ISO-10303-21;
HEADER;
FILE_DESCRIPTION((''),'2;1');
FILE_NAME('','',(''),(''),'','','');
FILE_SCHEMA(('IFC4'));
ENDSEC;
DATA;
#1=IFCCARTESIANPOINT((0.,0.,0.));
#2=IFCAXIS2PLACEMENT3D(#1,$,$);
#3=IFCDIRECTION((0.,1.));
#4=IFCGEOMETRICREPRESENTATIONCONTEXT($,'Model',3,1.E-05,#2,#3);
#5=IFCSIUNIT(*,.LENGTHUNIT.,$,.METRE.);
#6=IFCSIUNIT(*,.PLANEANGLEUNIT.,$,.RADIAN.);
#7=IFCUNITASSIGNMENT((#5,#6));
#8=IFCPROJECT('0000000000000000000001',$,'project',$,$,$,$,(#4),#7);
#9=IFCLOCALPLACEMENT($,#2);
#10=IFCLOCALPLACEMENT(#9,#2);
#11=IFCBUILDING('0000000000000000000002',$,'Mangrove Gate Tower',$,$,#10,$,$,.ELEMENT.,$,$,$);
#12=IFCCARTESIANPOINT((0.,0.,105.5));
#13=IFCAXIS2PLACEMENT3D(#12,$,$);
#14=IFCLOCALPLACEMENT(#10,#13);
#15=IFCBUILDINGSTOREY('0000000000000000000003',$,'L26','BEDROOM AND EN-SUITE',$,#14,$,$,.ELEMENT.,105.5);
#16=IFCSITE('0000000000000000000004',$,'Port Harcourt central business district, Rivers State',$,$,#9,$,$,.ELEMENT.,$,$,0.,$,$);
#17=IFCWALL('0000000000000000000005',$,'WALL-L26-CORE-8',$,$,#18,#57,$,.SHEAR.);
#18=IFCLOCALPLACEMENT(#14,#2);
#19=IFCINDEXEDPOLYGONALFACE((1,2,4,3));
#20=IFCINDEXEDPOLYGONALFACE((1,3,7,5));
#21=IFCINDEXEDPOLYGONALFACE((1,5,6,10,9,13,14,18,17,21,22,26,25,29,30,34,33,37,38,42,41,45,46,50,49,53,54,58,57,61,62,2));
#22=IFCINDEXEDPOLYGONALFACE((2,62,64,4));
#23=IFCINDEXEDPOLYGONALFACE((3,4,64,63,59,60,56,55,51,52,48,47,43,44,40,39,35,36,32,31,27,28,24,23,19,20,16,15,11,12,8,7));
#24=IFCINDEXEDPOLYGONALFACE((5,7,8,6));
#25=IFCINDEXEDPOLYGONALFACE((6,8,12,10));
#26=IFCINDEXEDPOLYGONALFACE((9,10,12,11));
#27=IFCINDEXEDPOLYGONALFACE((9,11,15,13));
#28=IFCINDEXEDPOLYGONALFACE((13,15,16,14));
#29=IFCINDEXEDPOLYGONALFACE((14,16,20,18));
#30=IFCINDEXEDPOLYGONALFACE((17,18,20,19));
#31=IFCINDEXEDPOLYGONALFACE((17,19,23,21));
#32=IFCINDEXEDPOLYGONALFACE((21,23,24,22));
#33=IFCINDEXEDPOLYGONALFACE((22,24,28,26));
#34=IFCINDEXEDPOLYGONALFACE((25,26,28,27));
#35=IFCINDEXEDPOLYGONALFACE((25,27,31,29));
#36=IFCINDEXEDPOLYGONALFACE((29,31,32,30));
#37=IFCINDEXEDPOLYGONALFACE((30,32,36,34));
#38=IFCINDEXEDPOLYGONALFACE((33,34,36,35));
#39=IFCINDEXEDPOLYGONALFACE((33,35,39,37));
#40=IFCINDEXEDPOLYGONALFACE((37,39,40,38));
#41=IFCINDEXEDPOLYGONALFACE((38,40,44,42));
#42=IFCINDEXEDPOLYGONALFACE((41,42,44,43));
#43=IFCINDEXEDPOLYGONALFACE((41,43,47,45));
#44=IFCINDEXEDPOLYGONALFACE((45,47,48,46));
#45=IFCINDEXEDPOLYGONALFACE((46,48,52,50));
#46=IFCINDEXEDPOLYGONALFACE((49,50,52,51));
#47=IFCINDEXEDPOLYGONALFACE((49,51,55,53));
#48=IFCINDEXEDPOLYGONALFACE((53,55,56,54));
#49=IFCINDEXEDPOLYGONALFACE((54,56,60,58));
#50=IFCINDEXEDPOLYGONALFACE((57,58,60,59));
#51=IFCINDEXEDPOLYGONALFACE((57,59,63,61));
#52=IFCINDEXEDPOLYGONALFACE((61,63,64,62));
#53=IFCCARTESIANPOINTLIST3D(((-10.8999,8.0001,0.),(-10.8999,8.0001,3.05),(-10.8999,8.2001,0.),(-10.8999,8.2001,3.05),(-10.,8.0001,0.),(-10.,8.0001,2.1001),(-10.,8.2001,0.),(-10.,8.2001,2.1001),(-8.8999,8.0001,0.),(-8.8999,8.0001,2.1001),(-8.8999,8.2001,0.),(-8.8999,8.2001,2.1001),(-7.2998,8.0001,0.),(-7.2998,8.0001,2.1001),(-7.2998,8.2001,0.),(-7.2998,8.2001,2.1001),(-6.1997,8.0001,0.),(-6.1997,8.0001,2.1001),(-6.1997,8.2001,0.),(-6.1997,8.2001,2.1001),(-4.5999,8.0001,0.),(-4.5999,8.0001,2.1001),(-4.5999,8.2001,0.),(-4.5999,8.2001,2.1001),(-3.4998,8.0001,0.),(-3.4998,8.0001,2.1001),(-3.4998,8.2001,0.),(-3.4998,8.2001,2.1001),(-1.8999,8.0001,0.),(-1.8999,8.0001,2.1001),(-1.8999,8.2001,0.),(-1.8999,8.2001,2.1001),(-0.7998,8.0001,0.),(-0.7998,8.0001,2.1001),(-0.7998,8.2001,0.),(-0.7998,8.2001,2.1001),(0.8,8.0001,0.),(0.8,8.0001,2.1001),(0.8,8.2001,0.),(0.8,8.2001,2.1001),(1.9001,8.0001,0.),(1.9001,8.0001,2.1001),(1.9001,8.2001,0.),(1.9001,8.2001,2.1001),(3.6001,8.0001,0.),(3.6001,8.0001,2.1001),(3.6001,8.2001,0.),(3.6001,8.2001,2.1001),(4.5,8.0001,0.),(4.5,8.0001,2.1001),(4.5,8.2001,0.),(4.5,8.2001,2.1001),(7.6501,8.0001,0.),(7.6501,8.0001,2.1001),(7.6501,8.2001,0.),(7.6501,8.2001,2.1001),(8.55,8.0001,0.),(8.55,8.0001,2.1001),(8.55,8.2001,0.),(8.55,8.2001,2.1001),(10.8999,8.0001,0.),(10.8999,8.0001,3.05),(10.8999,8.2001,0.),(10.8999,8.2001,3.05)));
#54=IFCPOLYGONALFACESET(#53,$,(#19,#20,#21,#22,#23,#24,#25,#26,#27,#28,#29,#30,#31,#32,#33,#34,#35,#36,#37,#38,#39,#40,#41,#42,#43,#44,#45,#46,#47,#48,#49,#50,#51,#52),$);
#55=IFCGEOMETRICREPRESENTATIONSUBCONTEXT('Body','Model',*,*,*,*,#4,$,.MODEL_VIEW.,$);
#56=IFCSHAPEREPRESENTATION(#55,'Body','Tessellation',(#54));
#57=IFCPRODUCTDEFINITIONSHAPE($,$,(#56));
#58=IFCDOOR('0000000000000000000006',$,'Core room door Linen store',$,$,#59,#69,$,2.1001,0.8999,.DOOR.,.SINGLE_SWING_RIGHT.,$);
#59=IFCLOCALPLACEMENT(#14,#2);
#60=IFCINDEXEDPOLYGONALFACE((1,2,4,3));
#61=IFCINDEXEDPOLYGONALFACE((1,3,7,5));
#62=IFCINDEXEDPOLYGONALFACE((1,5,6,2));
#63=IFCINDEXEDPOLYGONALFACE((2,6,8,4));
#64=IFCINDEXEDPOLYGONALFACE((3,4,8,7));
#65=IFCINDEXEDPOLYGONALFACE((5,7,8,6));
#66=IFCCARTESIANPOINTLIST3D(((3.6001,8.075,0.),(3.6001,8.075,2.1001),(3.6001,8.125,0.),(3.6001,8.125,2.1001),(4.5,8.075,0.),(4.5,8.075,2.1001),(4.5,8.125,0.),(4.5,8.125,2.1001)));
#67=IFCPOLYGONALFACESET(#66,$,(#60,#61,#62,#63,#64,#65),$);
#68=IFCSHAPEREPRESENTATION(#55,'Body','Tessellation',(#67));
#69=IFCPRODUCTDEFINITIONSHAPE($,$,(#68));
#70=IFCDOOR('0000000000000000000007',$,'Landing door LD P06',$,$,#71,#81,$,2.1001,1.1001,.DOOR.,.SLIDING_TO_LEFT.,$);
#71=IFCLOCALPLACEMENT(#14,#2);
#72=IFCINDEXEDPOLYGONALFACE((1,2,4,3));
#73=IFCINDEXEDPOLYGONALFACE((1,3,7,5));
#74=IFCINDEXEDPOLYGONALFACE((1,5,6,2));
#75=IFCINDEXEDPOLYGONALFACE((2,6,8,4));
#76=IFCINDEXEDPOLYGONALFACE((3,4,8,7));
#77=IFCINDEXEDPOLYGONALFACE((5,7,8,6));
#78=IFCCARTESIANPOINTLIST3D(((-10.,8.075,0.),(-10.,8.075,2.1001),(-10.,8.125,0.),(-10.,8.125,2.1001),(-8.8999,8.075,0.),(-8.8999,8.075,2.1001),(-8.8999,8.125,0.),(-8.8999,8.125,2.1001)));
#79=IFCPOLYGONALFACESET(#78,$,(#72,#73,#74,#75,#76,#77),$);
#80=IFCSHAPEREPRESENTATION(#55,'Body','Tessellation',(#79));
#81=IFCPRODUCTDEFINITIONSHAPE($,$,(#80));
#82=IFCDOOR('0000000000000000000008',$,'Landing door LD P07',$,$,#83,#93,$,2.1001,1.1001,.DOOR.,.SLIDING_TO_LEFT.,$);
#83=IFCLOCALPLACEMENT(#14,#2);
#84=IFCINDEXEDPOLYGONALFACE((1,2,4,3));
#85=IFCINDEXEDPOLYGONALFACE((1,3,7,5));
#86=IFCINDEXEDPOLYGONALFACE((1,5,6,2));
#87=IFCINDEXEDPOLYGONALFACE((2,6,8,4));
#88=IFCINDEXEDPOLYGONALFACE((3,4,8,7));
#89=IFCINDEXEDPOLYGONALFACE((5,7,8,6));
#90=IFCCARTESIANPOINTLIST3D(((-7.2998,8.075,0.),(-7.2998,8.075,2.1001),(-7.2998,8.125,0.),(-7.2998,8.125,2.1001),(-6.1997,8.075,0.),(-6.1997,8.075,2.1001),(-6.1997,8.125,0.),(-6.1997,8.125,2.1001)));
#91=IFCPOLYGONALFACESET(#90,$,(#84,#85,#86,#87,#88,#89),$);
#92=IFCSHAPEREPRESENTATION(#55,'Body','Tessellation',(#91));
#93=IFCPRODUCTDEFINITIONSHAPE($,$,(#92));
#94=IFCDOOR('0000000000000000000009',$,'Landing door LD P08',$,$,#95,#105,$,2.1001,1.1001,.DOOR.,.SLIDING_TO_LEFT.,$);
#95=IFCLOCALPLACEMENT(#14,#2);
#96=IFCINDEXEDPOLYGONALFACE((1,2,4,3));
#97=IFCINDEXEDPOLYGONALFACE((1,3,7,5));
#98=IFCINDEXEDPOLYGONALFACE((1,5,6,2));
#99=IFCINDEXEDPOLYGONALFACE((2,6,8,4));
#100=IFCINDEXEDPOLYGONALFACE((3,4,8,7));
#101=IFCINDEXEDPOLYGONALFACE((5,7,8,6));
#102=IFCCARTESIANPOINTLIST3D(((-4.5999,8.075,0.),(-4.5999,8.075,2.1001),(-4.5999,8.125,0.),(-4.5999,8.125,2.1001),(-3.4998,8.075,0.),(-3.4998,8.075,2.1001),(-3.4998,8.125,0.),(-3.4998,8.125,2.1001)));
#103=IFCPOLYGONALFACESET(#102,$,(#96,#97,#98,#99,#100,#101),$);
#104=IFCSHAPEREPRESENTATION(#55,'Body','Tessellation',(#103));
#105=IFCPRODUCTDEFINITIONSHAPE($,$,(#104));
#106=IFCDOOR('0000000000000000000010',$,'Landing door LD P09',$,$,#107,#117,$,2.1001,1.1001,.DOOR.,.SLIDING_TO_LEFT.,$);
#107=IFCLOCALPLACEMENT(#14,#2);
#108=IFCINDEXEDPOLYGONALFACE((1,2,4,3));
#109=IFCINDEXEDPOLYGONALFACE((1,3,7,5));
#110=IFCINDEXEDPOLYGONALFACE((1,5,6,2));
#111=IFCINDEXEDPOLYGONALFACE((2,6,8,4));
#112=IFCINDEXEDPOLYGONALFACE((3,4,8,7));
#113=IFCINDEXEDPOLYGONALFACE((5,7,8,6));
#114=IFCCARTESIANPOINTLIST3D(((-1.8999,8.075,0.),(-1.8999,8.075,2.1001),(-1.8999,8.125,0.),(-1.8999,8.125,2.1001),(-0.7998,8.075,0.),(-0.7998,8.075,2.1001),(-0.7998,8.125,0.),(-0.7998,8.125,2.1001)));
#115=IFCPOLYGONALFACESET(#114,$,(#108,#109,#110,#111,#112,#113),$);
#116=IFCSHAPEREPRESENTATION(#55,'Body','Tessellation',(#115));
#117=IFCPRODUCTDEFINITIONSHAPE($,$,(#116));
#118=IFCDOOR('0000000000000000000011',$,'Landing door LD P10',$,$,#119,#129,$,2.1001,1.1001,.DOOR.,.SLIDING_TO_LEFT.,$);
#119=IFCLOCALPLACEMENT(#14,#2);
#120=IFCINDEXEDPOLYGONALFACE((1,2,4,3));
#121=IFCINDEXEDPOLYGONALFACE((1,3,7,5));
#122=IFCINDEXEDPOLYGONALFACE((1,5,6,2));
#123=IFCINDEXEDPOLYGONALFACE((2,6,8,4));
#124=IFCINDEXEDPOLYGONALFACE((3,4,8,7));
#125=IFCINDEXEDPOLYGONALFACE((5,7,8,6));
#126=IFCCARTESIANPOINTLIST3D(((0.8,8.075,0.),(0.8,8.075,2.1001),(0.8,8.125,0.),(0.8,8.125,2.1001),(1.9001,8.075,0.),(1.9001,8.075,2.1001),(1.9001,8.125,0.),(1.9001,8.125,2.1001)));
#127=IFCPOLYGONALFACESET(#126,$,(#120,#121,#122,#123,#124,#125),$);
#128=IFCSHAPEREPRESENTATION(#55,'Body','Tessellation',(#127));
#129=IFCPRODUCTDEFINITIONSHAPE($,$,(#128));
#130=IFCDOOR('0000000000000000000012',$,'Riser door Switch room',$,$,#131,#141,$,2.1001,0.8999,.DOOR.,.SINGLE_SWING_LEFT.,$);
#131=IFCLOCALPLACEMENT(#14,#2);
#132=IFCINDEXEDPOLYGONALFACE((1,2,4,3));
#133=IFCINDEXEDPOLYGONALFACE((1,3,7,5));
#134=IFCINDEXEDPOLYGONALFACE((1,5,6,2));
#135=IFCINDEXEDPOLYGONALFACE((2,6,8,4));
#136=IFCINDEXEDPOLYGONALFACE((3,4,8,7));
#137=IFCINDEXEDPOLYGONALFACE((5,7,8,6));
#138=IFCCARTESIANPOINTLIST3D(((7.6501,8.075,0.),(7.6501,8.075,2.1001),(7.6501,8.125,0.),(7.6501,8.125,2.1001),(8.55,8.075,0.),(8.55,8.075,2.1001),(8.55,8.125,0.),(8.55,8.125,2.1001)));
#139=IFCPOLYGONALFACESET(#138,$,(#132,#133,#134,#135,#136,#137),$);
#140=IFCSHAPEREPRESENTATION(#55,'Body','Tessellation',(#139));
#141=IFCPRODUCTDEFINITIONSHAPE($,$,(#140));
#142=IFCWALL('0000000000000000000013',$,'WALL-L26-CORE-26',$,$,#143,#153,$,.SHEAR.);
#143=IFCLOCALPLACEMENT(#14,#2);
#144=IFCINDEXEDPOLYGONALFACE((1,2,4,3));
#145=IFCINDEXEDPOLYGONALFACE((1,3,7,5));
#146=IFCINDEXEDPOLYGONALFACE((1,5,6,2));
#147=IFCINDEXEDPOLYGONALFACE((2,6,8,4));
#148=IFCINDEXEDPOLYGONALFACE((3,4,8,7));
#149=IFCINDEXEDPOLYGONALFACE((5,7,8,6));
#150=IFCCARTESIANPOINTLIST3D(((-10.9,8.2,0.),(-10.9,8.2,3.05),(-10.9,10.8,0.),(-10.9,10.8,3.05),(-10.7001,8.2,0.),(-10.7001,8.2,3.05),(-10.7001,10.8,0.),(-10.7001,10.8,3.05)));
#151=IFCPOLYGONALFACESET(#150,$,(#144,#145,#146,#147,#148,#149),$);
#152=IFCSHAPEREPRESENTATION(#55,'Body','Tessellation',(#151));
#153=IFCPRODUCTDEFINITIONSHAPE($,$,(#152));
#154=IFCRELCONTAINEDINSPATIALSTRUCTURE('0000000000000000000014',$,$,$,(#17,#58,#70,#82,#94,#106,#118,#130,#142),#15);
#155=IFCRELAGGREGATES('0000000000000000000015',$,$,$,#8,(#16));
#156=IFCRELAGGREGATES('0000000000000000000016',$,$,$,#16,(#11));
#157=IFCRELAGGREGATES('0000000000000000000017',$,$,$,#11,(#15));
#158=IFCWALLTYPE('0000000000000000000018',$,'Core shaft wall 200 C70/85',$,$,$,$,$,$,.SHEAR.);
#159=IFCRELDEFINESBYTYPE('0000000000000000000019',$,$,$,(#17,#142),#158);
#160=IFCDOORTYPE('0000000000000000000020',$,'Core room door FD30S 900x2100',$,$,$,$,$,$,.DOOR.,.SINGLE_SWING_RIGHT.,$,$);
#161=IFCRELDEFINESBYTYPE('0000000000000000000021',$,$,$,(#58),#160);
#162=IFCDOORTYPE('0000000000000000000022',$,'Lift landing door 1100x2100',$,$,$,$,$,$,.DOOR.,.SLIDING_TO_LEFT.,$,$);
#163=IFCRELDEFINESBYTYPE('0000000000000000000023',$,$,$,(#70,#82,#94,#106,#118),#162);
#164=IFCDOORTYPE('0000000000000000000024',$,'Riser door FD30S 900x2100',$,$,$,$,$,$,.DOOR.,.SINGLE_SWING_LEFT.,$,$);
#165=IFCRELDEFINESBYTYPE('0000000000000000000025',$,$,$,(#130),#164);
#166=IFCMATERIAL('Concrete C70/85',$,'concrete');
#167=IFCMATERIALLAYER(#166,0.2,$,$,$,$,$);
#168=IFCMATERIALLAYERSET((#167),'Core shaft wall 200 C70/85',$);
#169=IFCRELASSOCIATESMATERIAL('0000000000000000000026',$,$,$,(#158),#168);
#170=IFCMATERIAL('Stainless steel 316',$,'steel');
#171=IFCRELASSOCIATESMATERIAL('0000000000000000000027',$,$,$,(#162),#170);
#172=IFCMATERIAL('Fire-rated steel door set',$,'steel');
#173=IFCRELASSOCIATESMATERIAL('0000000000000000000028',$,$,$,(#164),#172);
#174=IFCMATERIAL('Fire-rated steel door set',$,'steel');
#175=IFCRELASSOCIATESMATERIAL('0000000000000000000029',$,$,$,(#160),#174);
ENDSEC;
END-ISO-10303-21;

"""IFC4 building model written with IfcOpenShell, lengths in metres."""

from ifc_helpers import new_model, si_unit, direction, frame, frame_2d, origin, place, context, subcontext, project, spatial, rectangle, extrude, material, layer, layer_set, type_object, element, fill, save


model = new_model("IFC4")

# Units and contexts
model_context = context("Model", 3, precision=1e-05, world=origin(), true_north=direction((0.0, 1.0)))
body_context = subcontext(model_context, "Body", "Model", "MODEL_VIEW")
ifc_project = project(units=[si_unit("LENGTHUNIT", "METRE"), si_unit("PLANEANGLEUNIT", "RADIAN")], contexts=[model_context])

# Site, building, storey
site_placement = place(None, origin())
site = spatial("IfcSite", under=ifc_project, at=site_placement, Name="Port Harcourt central business district, Rivers State", CompositionType="ELEMENT", RefElevation=0.0)
building_placement = place(site_placement, origin())
building = spatial("IfcBuilding", under=site, at=building_placement, Name="Mangrove Gate Tower", CompositionType="ELEMENT")
storey_placement = place(building_placement, frame((0.0, 0.0, 105.5)))
storey = spatial("IfcBuildingStorey", under=building, at=storey_placement, Name="L26", Description="BEDROOM AND EN-SUITE", CompositionType="ELEMENT", Elevation=105.5)

# Wall, openings, doors
ifc_material_1 = material(Name="Concrete C70/85", Category="concrete")
ifc_layer_1 = layer(ifc_material_1, 0.2)
ifc_layer_set_1 = layer_set([ifc_layer_1], Name="Core shaft wall 200 C70/85")
wall_type_1 = type_object("IfcWallType", Name="Core shaft wall 200 C70/85", PredefinedType="SHEAR", material=ifc_layer_set_1)
ifc_material_2 = material(Name="Stainless steel 316", Category="steel")
door_type_1 = type_object("IfcDoorType", Name="Lift landing door 1100x2100", OperationType="SLIDING_TO_LEFT", PredefinedType="DOOR", material=ifc_material_2)
ifc_material_3 = material(Name="Fire-rated steel door set", Category="steel")
door_type_2 = type_object("IfcDoorType", Name="Riser door FD30S 900x2100", OperationType="SINGLE_SWING_LEFT", PredefinedType="DOOR", material=ifc_material_3)
wall_1_placement = place(storey_placement, frame((-10.8999, 8.1001, 0.0), z_axis=(0.0, 0.0, 1.0), x_axis=(1.0, 0.0, 0.0)))
wall_1 = element("IfcWall", 1, at=wall_1_placement, inside=storey, type_object=wall_type_1, Name="WALL-L26-CORE-8", PredefinedType="SHEAR", context=body_context, shape_type="SweptSolid", body=[
    extrude(rectangle(XDim=21.7998, YDim=0.2, at=frame_2d((10.8999, 0.0))), origin(), (0.0, 0.0, 1.0), 3.05),
])
opening_1_placement = place(wall_1_placement, frame((0.8999, 0.0, 0.0)))
opening_1 = element("IfcOpeningElement", 2, at=opening_1_placement, cuts=wall_1, PredefinedType="OPENING", context=body_context, shape_type="SweptSolid", body=[
    extrude(rectangle(XDim=1.1001, YDim=2.1001, at=frame_2d((0.55, 1.05))), frame((0.0, 0.1099, 0.0), z_axis=(0.0, -1.0, 0.0), x_axis=(1.0, 0.0, 0.0)), (0.0, 0.0, 1.0), 0.22),
])
opening_2_placement = place(wall_1_placement, frame((3.6001, 0.0, 0.0)))
opening_2 = element("IfcOpeningElement", 3, at=opening_2_placement, cuts=wall_1, PredefinedType="OPENING", context=body_context, shape_type="SweptSolid", body=[
    extrude(rectangle(XDim=1.1001, YDim=2.1001, at=frame_2d((0.55, 1.05))), frame((0.0, 0.1099, 0.0), z_axis=(0.0, -1.0, 0.0), x_axis=(1.0, 0.0, 0.0)), (0.0, 0.0, 1.0), 0.22),
])
opening_3_placement = place(wall_1_placement, frame((6.3, 0.0, 0.0)))
opening_3 = element("IfcOpeningElement", 4, at=opening_3_placement, cuts=wall_1, PredefinedType="OPENING", context=body_context, shape_type="SweptSolid", body=[
    extrude(rectangle(XDim=1.1001, YDim=2.1001, at=frame_2d((0.55, 1.05))), frame((0.0, 0.1099, 0.0), z_axis=(0.0, -1.0, 0.0), x_axis=(1.0, 0.0, 0.0)), (0.0, 0.0, 1.0), 0.22),
])
opening_4_placement = place(wall_1_placement, frame((9.0, 0.0, 0.0)))
opening_4 = element("IfcOpeningElement", 5, at=opening_4_placement, cuts=wall_1, PredefinedType="OPENING", context=body_context, shape_type="SweptSolid", body=[
    extrude(rectangle(XDim=1.1001, YDim=2.1001, at=frame_2d((0.55, 1.05))), frame((0.0, 0.1099, 0.0), z_axis=(0.0, -1.0, 0.0), x_axis=(1.0, 0.0, 0.0)), (0.0, 0.0, 1.0), 0.22),
])
opening_5_placement = place(wall_1_placement, frame((11.7, 0.0, 0.0)))
opening_5 = element("IfcOpeningElement", 6, at=opening_5_placement, cuts=wall_1, PredefinedType="OPENING", context=body_context, shape_type="SweptSolid", body=[
    extrude(rectangle(XDim=1.1001, YDim=2.1001, at=frame_2d((0.55, 1.05))), frame((0.0, 0.1099, 0.0), z_axis=(0.0, -1.0, 0.0), x_axis=(1.0, 0.0, 0.0)), (0.0, 0.0, 1.0), 0.22),
])
opening_6_placement = place(wall_1_placement, frame((14.5, 0.0, 0.0)))
opening_6 = element("IfcOpeningElement", 7, at=opening_6_placement, cuts=wall_1, PredefinedType="OPENING", context=body_context, shape_type="SweptSolid", body=[
    extrude(rectangle(XDim=0.8999, YDim=2.1001, at=frame_2d((0.45, 1.05))), frame((0.0, 0.1099, 0.0), z_axis=(0.0, -1.0, 0.0), x_axis=(1.0, 0.0, 0.0)), (0.0, 0.0, 1.0), 0.22),
])
opening_7_placement = place(wall_1_placement, frame((18.55, 0.0, 0.0)))
opening_7 = element("IfcOpeningElement", 8, at=opening_7_placement, cuts=wall_1, PredefinedType="OPENING", context=body_context, shape_type="SweptSolid", body=[
    extrude(rectangle(XDim=0.8999, YDim=2.1001, at=frame_2d((0.45, 1.05))), frame((0.0, 0.1099, 0.0), z_axis=(0.0, -1.0, 0.0), x_axis=(1.0, 0.0, 0.0)), (0.0, 0.0, 1.0), 0.22),
])
ifc_material_4 = material(Name="Fire-rated steel door set", Category="steel")
door_type_3 = type_object("IfcDoorType", Name="Core room door FD30S 900x2100", OperationType="SINGLE_SWING_RIGHT", PredefinedType="DOOR", material=ifc_material_4)
door_1_placement = place(opening_6_placement, origin())
door_1 = element("IfcDoor", 9, at=door_1_placement, inside=storey, type_object=door_type_3, Name="Core room door Linen store", OperationType="SINGLE_SWING_RIGHT", OverallHeight=2.1001, OverallWidth=0.8999, PredefinedType="DOOR", context=body_context, shape_type="SweptSolid", body=[
    extrude(rectangle(XDim=0.8999, YDim=2.1001, at=frame_2d((0.45, 1.05))), frame((0.0, 0.0249, 0.0), z_axis=(0.0, -1.0, 0.0), x_axis=(1.0, 0.0, 0.0)), (0.0, 0.0, 1.0), 0.05),
])
fill(opening_6, door_1)
door_2_placement = place(opening_1_placement, origin())
door_2 = element("IfcDoor", 10, at=door_2_placement, inside=storey, type_object=door_type_1, Name="Landing door LD P06", OperationType="SLIDING_TO_LEFT", OverallHeight=2.1001, OverallWidth=1.1001, PredefinedType="DOOR", context=body_context, shape_type="SweptSolid", body=[
    extrude(rectangle(XDim=1.1001, YDim=2.1001, at=frame_2d((0.55, 1.05))), frame((0.0, 0.0249, 0.0), z_axis=(0.0, -1.0, 0.0), x_axis=(1.0, 0.0, 0.0)), (0.0, 0.0, 1.0), 0.05),
])
fill(opening_1, door_2)
door_3_placement = place(opening_2_placement, origin())
door_3 = element("IfcDoor", 11, at=door_3_placement, inside=storey, type_object=door_type_1, Name="Landing door LD P07", OperationType="SLIDING_TO_LEFT", OverallHeight=2.1001, OverallWidth=1.1001, PredefinedType="DOOR", context=body_context, shape_type="SweptSolid", body=[
    extrude(rectangle(XDim=1.1001, YDim=2.1001, at=frame_2d((0.55, 1.05))), frame((0.0, 0.0249, 0.0), z_axis=(0.0, -1.0, 0.0), x_axis=(1.0, 0.0, 0.0)), (0.0, 0.0, 1.0), 0.05),
])
fill(opening_2, door_3)
door_4_placement = place(opening_3_placement, origin())
door_4 = element("IfcDoor", 12, at=door_4_placement, inside=storey, type_object=door_type_1, Name="Landing door LD P08", OperationType="SLIDING_TO_LEFT", OverallHeight=2.1001, OverallWidth=1.1001, PredefinedType="DOOR", context=body_context, shape_type="SweptSolid", body=[
    extrude(rectangle(XDim=1.1001, YDim=2.1001, at=frame_2d((0.55, 1.05))), frame((0.0, 0.0249, 0.0), z_axis=(0.0, -1.0, 0.0), x_axis=(1.0, 0.0, 0.0)), (0.0, 0.0, 1.0), 0.05),
])
fill(opening_3, door_4)
door_5_placement = place(opening_4_placement, origin())
door_5 = element("IfcDoor", 13, at=door_5_placement, inside=storey, type_object=door_type_1, Name="Landing door LD P09", OperationType="SLIDING_TO_LEFT", OverallHeight=2.1001, OverallWidth=1.1001, PredefinedType="DOOR", context=body_context, shape_type="SweptSolid", body=[
    extrude(rectangle(XDim=1.1001, YDim=2.1001, at=frame_2d((0.55, 1.05))), frame((0.0, 0.0249, 0.0), z_axis=(0.0, -1.0, 0.0), x_axis=(1.0, 0.0, 0.0)), (0.0, 0.0, 1.0), 0.05),
])
fill(opening_4, door_5)
door_6_placement = place(opening_5_placement, origin())
door_6 = element("IfcDoor", 14, at=door_6_placement, inside=storey, type_object=door_type_1, Name="Landing door LD P10", OperationType="SLIDING_TO_LEFT", OverallHeight=2.1001, OverallWidth=1.1001, PredefinedType="DOOR", context=body_context, shape_type="SweptSolid", body=[
    extrude(rectangle(XDim=1.1001, YDim=2.1001, at=frame_2d((0.55, 1.05))), frame((0.0, 0.0249, 0.0), z_axis=(0.0, -1.0, 0.0), x_axis=(1.0, 0.0, 0.0)), (0.0, 0.0, 1.0), 0.05),
])
fill(opening_5, door_6)
door_7_placement = place(opening_7_placement, origin())
door_7 = element("IfcDoor", 15, at=door_7_placement, inside=storey, type_object=door_type_2, Name="Riser door Switch room", OperationType="SINGLE_SWING_LEFT", OverallHeight=2.1001, OverallWidth=0.8999, PredefinedType="DOOR", context=body_context, shape_type="SweptSolid", body=[
    extrude(rectangle(XDim=0.8999, YDim=2.1001, at=frame_2d((0.45, 1.05))), frame((0.0, 0.0249, 0.0), z_axis=(0.0, -1.0, 0.0), x_axis=(1.0, 0.0, 0.0)), (0.0, 0.0, 1.0), 0.05),
])
fill(opening_7, door_7)

# Wall
wall_2_placement = place(storey_placement, frame((-10.8, 8.2, 0.0), z_axis=(0.0, 0.0, 1.0), x_axis=(0.0, 1.0, 0.0)))
element("IfcWall", 16, at=wall_2_placement, inside=storey, type_object=wall_type_1, Name="WALL-L26-CORE-26", PredefinedType="SHEAR", context=body_context, shape_type="SweptSolid", body=[
    extrude(rectangle(XDim=2.6001, YDim=0.2, at=frame_2d((1.3, 0.0))), origin(), (0.0, 0.0, 1.0), 3.05),
])

save(model, "model.ifc")
